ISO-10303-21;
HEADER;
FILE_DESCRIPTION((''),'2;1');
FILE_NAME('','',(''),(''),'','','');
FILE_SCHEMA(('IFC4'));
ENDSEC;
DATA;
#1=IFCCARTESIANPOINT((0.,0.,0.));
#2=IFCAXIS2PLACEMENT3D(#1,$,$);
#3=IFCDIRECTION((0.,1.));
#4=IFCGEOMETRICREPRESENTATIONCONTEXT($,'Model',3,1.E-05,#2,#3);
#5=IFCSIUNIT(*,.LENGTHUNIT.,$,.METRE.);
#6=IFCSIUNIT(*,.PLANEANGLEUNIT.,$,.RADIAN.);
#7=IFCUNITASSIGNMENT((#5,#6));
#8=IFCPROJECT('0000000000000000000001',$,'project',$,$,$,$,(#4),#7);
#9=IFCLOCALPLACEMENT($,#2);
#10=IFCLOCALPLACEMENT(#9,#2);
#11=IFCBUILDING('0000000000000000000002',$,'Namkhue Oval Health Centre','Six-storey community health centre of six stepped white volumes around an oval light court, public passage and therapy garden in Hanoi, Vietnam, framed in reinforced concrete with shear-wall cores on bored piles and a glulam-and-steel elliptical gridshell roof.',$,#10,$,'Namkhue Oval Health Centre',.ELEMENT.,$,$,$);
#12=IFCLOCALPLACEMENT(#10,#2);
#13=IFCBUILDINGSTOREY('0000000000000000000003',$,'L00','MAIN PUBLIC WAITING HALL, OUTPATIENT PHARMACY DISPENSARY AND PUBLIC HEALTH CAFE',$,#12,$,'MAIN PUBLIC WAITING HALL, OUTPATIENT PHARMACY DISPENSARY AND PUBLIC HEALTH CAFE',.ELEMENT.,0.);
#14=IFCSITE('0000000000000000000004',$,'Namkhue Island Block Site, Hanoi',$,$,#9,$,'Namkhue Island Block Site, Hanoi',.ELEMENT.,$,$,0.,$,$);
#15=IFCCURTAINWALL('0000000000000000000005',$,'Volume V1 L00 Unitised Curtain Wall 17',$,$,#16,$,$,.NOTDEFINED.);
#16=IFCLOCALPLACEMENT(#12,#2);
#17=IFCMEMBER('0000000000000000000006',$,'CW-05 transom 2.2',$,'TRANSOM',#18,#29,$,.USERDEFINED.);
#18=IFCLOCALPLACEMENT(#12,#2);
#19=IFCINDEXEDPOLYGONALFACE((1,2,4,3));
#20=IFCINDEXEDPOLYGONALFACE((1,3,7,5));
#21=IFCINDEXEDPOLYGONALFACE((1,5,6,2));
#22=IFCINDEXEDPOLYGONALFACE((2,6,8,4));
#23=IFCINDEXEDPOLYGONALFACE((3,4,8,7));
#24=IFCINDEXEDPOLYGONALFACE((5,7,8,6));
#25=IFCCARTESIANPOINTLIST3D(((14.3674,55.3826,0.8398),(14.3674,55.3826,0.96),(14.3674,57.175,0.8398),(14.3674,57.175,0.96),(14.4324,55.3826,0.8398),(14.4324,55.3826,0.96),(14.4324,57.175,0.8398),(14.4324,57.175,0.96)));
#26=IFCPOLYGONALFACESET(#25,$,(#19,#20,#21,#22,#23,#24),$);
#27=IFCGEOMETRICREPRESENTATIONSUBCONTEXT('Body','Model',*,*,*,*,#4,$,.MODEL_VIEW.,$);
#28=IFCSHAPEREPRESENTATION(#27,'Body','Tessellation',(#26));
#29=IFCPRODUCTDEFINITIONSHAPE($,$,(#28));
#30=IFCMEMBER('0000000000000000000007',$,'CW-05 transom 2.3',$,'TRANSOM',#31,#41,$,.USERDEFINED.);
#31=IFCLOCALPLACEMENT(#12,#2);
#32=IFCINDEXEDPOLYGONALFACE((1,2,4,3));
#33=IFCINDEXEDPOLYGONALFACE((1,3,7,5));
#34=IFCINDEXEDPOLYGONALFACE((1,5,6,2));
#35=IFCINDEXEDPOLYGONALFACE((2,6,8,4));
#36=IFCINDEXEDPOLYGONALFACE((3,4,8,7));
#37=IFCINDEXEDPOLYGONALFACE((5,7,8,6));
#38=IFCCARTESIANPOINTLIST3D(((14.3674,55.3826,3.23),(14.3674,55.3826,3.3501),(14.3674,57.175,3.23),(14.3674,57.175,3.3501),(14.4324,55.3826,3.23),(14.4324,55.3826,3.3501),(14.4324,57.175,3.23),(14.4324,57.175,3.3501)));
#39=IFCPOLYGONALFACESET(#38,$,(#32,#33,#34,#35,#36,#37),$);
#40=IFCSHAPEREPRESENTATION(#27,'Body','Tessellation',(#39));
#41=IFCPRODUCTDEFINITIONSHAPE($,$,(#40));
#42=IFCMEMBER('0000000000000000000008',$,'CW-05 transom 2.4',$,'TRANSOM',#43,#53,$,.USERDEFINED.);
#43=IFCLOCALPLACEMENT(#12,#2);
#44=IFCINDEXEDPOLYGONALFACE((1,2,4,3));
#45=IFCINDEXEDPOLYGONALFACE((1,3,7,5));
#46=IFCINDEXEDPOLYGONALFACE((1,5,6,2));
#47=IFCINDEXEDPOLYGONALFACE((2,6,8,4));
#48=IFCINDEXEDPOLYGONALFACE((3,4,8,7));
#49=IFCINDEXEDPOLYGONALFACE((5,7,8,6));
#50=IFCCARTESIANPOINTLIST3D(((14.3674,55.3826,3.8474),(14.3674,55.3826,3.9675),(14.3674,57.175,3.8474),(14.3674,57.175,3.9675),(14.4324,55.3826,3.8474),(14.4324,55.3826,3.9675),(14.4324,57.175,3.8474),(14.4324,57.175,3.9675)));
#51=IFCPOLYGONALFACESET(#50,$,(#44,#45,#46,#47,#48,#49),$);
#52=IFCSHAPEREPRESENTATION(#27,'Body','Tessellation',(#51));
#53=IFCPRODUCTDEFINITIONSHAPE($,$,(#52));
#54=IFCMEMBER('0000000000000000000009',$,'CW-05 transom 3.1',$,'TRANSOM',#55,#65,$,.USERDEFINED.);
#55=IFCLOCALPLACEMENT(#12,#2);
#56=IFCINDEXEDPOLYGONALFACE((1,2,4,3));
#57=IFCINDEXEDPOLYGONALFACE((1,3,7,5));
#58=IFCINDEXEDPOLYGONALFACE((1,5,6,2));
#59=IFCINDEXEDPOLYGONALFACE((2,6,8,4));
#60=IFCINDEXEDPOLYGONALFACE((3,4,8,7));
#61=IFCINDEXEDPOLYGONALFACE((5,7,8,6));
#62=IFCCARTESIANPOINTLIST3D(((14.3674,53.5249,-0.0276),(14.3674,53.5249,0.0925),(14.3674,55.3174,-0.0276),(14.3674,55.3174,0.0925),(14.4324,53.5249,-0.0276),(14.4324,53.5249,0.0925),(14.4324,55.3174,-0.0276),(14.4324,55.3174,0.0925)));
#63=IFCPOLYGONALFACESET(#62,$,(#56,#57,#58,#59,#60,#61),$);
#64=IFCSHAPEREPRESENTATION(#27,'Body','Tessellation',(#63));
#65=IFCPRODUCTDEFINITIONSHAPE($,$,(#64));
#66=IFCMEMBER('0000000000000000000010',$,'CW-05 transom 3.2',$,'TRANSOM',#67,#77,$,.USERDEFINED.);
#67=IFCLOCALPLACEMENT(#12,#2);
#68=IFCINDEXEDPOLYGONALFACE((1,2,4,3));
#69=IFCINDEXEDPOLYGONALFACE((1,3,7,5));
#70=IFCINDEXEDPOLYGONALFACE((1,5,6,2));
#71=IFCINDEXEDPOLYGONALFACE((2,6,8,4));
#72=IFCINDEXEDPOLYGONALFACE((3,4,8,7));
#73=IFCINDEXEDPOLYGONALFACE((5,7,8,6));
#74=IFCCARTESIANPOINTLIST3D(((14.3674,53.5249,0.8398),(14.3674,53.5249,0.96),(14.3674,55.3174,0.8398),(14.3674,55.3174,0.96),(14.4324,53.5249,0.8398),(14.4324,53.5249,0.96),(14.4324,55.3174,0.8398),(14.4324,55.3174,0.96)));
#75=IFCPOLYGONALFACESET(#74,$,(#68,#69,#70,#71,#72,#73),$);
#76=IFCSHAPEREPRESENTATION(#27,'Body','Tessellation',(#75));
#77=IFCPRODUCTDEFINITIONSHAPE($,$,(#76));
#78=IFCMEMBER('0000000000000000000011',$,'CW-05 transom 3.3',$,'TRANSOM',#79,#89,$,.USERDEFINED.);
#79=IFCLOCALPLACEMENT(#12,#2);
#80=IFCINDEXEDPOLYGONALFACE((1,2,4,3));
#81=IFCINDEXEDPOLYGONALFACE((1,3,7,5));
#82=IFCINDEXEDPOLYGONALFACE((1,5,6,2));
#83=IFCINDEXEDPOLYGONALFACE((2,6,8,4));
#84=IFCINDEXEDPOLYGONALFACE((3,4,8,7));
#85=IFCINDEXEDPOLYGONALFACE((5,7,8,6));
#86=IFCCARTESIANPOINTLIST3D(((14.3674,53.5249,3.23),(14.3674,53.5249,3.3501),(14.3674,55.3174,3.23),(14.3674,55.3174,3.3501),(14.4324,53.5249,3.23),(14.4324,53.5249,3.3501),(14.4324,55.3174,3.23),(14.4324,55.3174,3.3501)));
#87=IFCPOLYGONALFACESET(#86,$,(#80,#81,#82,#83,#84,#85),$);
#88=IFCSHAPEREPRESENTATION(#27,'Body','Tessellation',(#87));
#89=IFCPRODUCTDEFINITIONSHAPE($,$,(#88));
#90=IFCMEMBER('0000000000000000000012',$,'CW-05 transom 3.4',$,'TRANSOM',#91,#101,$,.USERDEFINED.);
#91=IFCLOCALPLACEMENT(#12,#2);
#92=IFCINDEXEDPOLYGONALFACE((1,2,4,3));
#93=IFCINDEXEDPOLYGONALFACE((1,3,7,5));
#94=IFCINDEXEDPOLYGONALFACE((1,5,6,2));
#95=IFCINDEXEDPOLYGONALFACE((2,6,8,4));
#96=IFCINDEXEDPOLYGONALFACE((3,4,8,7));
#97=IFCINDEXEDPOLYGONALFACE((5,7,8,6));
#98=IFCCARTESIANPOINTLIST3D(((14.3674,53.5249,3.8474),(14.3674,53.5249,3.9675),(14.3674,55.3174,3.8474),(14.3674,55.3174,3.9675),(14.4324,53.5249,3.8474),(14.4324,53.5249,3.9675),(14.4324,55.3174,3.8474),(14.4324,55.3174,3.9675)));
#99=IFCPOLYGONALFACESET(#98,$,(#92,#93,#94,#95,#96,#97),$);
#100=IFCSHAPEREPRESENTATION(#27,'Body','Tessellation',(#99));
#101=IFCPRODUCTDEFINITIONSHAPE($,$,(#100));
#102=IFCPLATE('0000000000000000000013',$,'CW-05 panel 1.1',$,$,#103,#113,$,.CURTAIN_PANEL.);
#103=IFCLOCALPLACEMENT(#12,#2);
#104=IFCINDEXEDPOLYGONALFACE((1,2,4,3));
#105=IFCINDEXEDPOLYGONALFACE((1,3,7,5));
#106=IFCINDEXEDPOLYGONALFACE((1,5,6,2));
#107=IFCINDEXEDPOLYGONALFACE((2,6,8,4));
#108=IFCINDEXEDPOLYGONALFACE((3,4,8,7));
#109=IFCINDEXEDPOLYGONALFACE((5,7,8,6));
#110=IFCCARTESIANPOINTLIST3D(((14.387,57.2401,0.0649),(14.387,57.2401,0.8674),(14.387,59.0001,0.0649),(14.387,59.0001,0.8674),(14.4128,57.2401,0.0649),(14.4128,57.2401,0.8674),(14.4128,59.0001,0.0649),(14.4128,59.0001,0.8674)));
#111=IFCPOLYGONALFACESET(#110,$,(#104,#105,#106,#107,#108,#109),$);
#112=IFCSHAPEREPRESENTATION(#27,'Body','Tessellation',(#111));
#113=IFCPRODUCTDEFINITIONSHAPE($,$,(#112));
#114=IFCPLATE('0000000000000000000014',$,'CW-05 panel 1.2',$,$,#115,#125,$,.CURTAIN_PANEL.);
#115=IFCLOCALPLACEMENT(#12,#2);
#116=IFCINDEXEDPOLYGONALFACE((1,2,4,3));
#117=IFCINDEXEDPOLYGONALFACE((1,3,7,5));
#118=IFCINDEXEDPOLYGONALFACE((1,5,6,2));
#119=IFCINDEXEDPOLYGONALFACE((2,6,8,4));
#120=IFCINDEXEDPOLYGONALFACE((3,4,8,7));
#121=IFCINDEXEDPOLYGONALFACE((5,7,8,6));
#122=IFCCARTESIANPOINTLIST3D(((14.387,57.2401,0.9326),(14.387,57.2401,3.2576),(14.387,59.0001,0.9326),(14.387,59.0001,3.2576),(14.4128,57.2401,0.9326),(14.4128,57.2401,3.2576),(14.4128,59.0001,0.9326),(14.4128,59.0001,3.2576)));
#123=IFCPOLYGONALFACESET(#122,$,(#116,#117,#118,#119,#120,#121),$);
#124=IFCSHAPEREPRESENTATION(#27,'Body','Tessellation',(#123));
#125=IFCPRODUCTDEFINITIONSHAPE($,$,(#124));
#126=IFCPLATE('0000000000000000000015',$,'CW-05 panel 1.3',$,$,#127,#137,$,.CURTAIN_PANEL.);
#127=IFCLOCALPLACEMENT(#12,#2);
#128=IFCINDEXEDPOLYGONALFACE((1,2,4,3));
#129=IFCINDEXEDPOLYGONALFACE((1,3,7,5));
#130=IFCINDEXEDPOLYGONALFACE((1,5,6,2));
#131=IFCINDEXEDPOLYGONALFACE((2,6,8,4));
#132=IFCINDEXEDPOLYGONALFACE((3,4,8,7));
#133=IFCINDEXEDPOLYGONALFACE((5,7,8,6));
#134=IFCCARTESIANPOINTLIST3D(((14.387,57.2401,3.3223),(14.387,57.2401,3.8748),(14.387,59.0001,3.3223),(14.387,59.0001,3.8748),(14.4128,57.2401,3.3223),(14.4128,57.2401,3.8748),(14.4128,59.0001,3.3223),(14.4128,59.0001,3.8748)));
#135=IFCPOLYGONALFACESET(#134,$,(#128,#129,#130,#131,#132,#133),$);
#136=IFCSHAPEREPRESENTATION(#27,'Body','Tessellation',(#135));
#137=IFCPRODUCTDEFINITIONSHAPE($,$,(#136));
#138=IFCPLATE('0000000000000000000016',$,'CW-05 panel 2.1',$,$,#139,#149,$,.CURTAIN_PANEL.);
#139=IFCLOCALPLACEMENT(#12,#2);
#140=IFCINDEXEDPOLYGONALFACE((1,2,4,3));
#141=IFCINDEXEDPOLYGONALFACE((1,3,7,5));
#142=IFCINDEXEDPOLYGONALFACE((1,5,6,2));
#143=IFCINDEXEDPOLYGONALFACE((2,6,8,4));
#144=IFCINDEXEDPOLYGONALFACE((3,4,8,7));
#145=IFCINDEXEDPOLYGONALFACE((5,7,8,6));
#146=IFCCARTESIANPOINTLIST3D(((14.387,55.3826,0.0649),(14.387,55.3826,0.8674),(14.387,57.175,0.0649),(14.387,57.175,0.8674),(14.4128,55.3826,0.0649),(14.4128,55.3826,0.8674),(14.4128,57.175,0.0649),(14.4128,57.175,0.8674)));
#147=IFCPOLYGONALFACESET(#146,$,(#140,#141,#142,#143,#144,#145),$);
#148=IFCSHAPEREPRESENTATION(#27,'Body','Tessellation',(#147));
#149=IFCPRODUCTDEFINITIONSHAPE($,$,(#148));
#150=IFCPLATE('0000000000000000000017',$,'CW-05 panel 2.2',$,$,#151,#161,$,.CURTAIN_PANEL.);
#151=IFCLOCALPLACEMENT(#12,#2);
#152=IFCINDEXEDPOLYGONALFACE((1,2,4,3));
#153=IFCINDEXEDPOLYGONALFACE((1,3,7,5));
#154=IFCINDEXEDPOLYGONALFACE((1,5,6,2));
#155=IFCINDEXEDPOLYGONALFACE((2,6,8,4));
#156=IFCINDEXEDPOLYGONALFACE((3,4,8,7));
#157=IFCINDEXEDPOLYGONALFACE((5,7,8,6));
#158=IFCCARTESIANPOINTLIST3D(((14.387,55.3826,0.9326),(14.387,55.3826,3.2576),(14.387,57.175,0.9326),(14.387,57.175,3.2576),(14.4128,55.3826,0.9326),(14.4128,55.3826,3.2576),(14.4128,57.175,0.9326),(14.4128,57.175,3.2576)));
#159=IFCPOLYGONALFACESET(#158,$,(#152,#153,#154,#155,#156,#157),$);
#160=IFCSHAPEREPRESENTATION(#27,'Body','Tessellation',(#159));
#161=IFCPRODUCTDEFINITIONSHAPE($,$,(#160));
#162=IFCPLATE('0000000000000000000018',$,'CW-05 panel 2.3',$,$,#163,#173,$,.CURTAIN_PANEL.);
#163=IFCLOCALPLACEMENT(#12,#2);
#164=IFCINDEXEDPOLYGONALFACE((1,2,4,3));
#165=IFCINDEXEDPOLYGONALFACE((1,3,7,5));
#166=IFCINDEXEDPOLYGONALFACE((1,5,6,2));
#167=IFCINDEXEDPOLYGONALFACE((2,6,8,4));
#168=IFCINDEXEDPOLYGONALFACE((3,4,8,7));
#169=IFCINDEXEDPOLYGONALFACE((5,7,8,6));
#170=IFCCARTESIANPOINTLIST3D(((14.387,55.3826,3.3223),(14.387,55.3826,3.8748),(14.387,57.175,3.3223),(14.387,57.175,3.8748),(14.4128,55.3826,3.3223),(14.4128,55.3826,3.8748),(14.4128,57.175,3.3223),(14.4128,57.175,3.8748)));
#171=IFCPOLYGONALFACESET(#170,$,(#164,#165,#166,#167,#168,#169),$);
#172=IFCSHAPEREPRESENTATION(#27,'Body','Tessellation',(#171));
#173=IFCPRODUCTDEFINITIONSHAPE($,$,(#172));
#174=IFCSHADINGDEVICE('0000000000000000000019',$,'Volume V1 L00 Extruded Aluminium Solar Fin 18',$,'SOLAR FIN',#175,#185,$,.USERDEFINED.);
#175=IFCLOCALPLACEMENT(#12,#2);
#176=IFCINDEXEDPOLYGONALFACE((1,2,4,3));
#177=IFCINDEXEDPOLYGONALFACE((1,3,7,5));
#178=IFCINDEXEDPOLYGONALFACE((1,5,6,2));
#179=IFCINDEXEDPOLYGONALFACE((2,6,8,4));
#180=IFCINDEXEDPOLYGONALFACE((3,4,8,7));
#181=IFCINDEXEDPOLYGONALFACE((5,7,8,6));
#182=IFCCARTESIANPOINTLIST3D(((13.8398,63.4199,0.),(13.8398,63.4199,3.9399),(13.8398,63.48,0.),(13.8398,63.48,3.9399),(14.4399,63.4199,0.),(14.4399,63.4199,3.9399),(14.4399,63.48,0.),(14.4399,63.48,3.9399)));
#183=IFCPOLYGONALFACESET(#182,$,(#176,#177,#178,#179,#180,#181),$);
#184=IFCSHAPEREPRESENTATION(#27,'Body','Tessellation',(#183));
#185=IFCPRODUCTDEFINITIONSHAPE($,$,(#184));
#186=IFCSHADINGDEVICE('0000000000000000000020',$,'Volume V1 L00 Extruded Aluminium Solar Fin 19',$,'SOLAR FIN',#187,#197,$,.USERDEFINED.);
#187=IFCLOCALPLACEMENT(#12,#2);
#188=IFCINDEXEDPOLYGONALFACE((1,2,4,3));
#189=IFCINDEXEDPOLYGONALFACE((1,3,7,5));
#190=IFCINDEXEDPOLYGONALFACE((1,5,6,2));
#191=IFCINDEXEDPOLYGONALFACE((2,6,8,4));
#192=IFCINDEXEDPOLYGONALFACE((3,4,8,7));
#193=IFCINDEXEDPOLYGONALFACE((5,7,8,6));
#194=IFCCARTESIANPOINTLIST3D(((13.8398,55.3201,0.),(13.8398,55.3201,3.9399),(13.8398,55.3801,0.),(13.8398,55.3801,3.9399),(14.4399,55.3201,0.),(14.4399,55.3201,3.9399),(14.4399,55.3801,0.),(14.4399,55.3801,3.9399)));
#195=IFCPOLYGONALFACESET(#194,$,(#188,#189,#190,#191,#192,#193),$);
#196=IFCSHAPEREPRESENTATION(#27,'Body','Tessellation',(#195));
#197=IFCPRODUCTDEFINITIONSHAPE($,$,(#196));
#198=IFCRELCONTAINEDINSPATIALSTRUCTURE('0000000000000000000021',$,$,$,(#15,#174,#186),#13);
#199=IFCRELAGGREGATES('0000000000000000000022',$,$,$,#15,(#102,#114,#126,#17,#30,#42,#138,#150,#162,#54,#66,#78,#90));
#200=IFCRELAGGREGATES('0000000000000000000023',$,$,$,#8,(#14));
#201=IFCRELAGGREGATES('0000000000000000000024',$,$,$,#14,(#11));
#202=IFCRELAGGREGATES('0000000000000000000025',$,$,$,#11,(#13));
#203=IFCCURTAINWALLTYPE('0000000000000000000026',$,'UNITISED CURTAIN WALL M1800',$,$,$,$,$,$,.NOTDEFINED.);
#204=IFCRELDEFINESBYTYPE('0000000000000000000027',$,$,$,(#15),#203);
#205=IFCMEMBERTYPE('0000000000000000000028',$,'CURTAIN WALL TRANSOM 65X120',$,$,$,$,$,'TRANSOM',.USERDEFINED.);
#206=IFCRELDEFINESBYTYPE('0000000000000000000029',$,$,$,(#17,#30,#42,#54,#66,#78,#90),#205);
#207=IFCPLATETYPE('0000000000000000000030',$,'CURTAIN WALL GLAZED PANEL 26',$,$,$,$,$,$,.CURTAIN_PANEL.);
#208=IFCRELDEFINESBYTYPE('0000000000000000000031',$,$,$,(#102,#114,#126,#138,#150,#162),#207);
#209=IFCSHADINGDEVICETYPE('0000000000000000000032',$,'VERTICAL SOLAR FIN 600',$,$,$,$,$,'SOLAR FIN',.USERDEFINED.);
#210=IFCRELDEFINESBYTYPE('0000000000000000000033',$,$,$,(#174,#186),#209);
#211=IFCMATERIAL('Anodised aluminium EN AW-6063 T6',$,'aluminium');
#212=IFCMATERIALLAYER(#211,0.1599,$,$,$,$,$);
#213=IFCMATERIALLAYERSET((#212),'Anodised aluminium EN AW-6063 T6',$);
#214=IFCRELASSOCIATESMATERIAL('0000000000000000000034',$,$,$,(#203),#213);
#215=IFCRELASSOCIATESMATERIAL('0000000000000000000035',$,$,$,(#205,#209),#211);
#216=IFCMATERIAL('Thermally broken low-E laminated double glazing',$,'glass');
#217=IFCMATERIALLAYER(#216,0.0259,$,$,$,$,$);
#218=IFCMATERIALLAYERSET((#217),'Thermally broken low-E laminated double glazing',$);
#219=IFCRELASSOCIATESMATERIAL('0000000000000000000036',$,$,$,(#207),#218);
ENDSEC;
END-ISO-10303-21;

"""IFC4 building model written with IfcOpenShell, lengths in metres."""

from ifc_helpers import new_model, si_unit, direction, frame, origin, origin_2d, place, context, subcontext, project, spatial, rectangle, extrude, material, layer, layer_set, material_profile, profile_set, type_object, element, aggregate, save


model = new_model("IFC4")

# Units and contexts
model_context = context("Model", 3, precision=1e-05, world=origin(), true_north=direction((0.0, 1.0)))
body_context = subcontext(model_context, "Body", "Model", "MODEL_VIEW")
ifc_project = project(units=[si_unit("LENGTHUNIT", "METRE"), si_unit("PLANEANGLEUNIT", "RADIAN")], contexts=[model_context])

# Site, building, storey
site_placement = place(None, origin())
site = spatial("IfcSite", under=ifc_project, at=site_placement, Name="Namkhue Island Block Site, Hanoi", LongName="Namkhue Island Block Site, Hanoi", CompositionType="ELEMENT", RefElevation=0.0)
building_placement = place(site_placement, origin())
building = spatial("IfcBuilding", under=site, at=building_placement, Name="Namkhue Oval Health Centre", Description="Six-storey community health centre of six stepped white volumes around an oval light court, public passage and therapy garden in Hanoi, Vietnam, framed in reinforced concrete with shear-wall cores on bored piles and a glulam-and-steel elliptical gridshell roof.", LongName="Namkhue Oval Health Centre", CompositionType="ELEMENT")
storey_placement = place(building_placement, origin())
storey = spatial("IfcBuildingStorey", under=building, at=storey_placement, Name="L00", Description="MAIN PUBLIC WAITING HALL, OUTPATIENT PHARMACY DISPENSARY AND PUBLIC HEALTH CAFE", LongName="MAIN PUBLIC WAITING HALL, OUTPATIENT PHARMACY DISPENSARY AND PUBLIC HEALTH CAFE", CompositionType="ELEMENT", Elevation=0.0)

# Curtain wall, members, plates
ifc_material_1 = material(Name="Anodised aluminium EN AW-6063 T6", Category="aluminium")
ifc_layer_1 = layer(ifc_material_1, 0.1599)
ifc_layer_set_1 = layer_set([ifc_layer_1], Name="Anodised aluminium EN AW-6063 T6")
curtain_wall_type = type_object("IfcCurtainWallType", Name="UNITISED CURTAIN WALL M1800", PredefinedType="NOTDEFINED", material=ifc_layer_set_1)
curtain_wall_placement = place(storey_placement, origin())
curtain_wall = element("IfcCurtainWall", 1, at=curtain_wall_placement, inside=storey, type_object=curtain_wall_type, Name="Volume V1 L00 Unitised Curtain Wall 17", PredefinedType="NOTDEFINED")
ifc_material_profile_1 = material_profile(ifc_material_1, rectangle(XDim=0.0649, YDim=0.1201, at=origin_2d()), Name="ALU 65x120")
ifc_profile_set_1 = profile_set([ifc_material_profile_1], Name="Anodised aluminium EN AW-6063 T6")
member_type_1 = type_object("IfcMemberType", Name="CURTAIN WALL TRANSOM 65X120", ElementType="TRANSOM", PredefinedType="USERDEFINED", material=ifc_profile_set_1)
member_1_placement = place(storey_placement, frame((14.3999, 57.175, 0.8999), z_axis=(0.0, -1.0, 0.0), x_axis=(1.0, 0.0, 0.0)))
member_1 = element("IfcMember", 2, at=member_1_placement, type_object=member_type_1, Name="CW-05 transom 2.2", ObjectType="TRANSOM", PredefinedType="USERDEFINED", context=body_context, shape_type="SweptSolid", body=[
    extrude(rectangle(XDim=0.0649, YDim=0.1201, at=origin_2d()), origin(), (0.0, 0.0, 1.0), 1.7925),
])
member_2_placement = place(storey_placement, frame((14.3999, 57.175, 3.29), z_axis=(0.0, -1.0, 0.0), x_axis=(1.0, 0.0, 0.0)))
member_2 = element("IfcMember", 3, at=member_2_placement, type_object=member_type_1, Name="CW-05 transom 2.3", ObjectType="TRANSOM", PredefinedType="USERDEFINED", context=body_context, shape_type="SweptSolid", body=[
    extrude(rectangle(XDim=0.0649, YDim=0.1201, at=origin_2d()), origin(), (0.0, 0.0, 1.0), 1.7925),
])
member_3_placement = place(storey_placement, frame((14.3999, 57.175, 3.9075), z_axis=(0.0, -1.0, 0.0), x_axis=(1.0, 0.0, 0.0)))
member_3 = element("IfcMember", 4, at=member_3_placement, type_object=member_type_1, Name="CW-05 transom 2.4", ObjectType="TRANSOM", PredefinedType="USERDEFINED", context=body_context, shape_type="SweptSolid", body=[
    extrude(rectangle(XDim=0.0649, YDim=0.1201, at=origin_2d()), origin(), (0.0, 0.0, 1.0), 1.7925),
])
member_4_placement = place(storey_placement, frame((14.3999, 55.3174, 0.0325), z_axis=(0.0, -1.0, 0.0), x_axis=(1.0, 0.0, 0.0)))
member_4 = element("IfcMember", 5, at=member_4_placement, type_object=member_type_1, Name="CW-05 transom 3.1", ObjectType="TRANSOM", PredefinedType="USERDEFINED", context=body_context, shape_type="SweptSolid", body=[
    extrude(rectangle(XDim=0.0649, YDim=0.1201, at=origin_2d()), origin(), (0.0, 0.0, 1.0), 1.7925),
])
member_5_placement = place(storey_placement, frame((14.3999, 55.3174, 0.8999), z_axis=(0.0, -1.0, 0.0), x_axis=(1.0, 0.0, 0.0)))
member_5 = element("IfcMember", 6, at=member_5_placement, type_object=member_type_1, Name="CW-05 transom 3.2", ObjectType="TRANSOM", PredefinedType="USERDEFINED", context=body_context, shape_type="SweptSolid", body=[
    extrude(rectangle(XDim=0.0649, YDim=0.1201, at=origin_2d()), origin(), (0.0, 0.0, 1.0), 1.7925),
])
member_6_placement = place(storey_placement, frame((14.3999, 55.3174, 3.29), z_axis=(0.0, -1.0, 0.0), x_axis=(1.0, 0.0, 0.0)))
member_6 = element("IfcMember", 7, at=member_6_placement, type_object=member_type_1, Name="CW-05 transom 3.3", ObjectType="TRANSOM", PredefinedType="USERDEFINED", context=body_context, shape_type="SweptSolid", body=[
    extrude(rectangle(XDim=0.0649, YDim=0.1201, at=origin_2d()), origin(), (0.0, 0.0, 1.0), 1.7925),
])
member_7_placement = place(storey_placement, frame((14.3999, 55.3174, 3.9075), z_axis=(0.0, -1.0, 0.0), x_axis=(1.0, 0.0, 0.0)))
member_7 = element("IfcMember", 8, at=member_7_placement, type_object=member_type_1, Name="CW-05 transom 3.4", ObjectType="TRANSOM", PredefinedType="USERDEFINED", context=body_context, shape_type="SweptSolid", body=[
    extrude(rectangle(XDim=0.0649, YDim=0.1201, at=origin_2d()), origin(), (0.0, 0.0, 1.0), 1.7925),
])
ifc_material_2 = material(Name="Thermally broken low-E laminated double glazing", Category="glass")
ifc_layer_2 = layer(ifc_material_2, 0.0259)
ifc_layer_set_2 = layer_set([ifc_layer_2], Name="Thermally broken low-E laminated double glazing")
plate_type = type_object("IfcPlateType", Name="CURTAIN WALL GLAZED PANEL 26", PredefinedType="CURTAIN_PANEL", material=ifc_layer_set_2)
plate_1_placement = place(storey_placement, frame((14.3999, 58.1201, 0.0649), z_axis=(0.0, 0.0, 1.0), x_axis=(0.0, -1.0, 0.0)))
plate_1 = element("IfcPlate", 9, at=plate_1_placement, type_object=plate_type, Name="CW-05 panel 1.1", PredefinedType="CURTAIN_PANEL", context=body_context, shape_type="SweptSolid", body=[
    extrude(rectangle(XDim=1.76, YDim=0.0259, at=origin_2d()), origin(), (0.0, 0.0, 1.0), 0.8025),
])
plate_2_placement = place(storey_placement, frame((14.3999, 58.1201, 0.9326), z_axis=(0.0, 0.0, 1.0), x_axis=(0.0, -1.0, 0.0)))
plate_2 = element("IfcPlate", 10, at=plate_2_placement, type_object=plate_type, Name="CW-05 panel 1.2", PredefinedType="CURTAIN_PANEL", context=body_context, shape_type="SweptSolid", body=[
    extrude(rectangle(XDim=1.76, YDim=0.0259, at=origin_2d()), origin(), (0.0, 0.0, 1.0), 2.325),
])
plate_3_placement = place(storey_placement, frame((14.3999, 58.1201, 3.3223), z_axis=(0.0, 0.0, 1.0), x_axis=(0.0, -1.0, 0.0)))
plate_3 = element("IfcPlate", 11, at=plate_3_placement, type_object=plate_type, Name="CW-05 panel 1.3", PredefinedType="CURTAIN_PANEL", context=body_context, shape_type="SweptSolid", body=[
    extrude(rectangle(XDim=1.76, YDim=0.0259, at=origin_2d()), origin(), (0.0, 0.0, 1.0), 0.5525),
])
plate_4_placement = place(storey_placement, frame((14.3999, 56.2788, 0.0649), z_axis=(0.0, 0.0, 1.0), x_axis=(0.0, -1.0, 0.0)))
plate_4 = element("IfcPlate", 12, at=plate_4_placement, type_object=plate_type, Name="CW-05 panel 2.1", PredefinedType="CURTAIN_PANEL", context=body_context, shape_type="SweptSolid", body=[
    extrude(rectangle(XDim=1.7925, YDim=0.0259, at=origin_2d()), origin(), (0.0, 0.0, 1.0), 0.8025),
])
plate_5_placement = place(storey_placement, frame((14.3999, 56.2788, 0.9326), z_axis=(0.0, 0.0, 1.0), x_axis=(0.0, -1.0, 0.0)))
plate_5 = element("IfcPlate", 13, at=plate_5_placement, type_object=plate_type, Name="CW-05 panel 2.2", PredefinedType="CURTAIN_PANEL", context=body_context, shape_type="SweptSolid", body=[
    extrude(rectangle(XDim=1.7925, YDim=0.0259, at=origin_2d()), origin(), (0.0, 0.0, 1.0), 2.325),
])
plate_6_placement = place(storey_placement, frame((14.3999, 56.2788, 3.3223), z_axis=(0.0, 0.0, 1.0), x_axis=(0.0, -1.0, 0.0)))
plate_6 = element("IfcPlate", 14, at=plate_6_placement, type_object=plate_type, Name="CW-05 panel 2.3", PredefinedType="CURTAIN_PANEL", context=body_context, shape_type="SweptSolid", body=[
    extrude(rectangle(XDim=1.7925, YDim=0.0259, at=origin_2d()), origin(), (0.0, 0.0, 1.0), 0.5525),
])
aggregate(curtain_wall, [plate_1, plate_2, plate_3, member_1, member_2, member_3, plate_4, plate_5, plate_6, member_4, member_5, member_6, member_7])

# Shading devices
shading_device_type = type_object("IfcShadingDeviceType", Name="VERTICAL SOLAR FIN 600", ElementType="SOLAR FIN", PredefinedType="USERDEFINED", material=ifc_material_1)
for number, where, z_axis, x_axis, name in (
    (15, (14.1399, 63.45, 0.0), (0.0, 0.0, 1.0), (-1.0, 0.0, 0.0), "Volume V1 L00 Extruded Aluminium Solar Fin 18"),
    (16, (14.1399, 55.3501, 0.0), (0.0, 0.0, 1.0), (-1.0, 0.0, 0.0), "Volume V1 L00 Extruded Aluminium Solar Fin 19"),
):
    element("IfcShadingDevice", number, at=place(storey_placement, frame(where, z_axis=z_axis, x_axis=x_axis)), inside=storey, type_object=shading_device_type, Name=name, ObjectType="SOLAR FIN", PredefinedType="USERDEFINED", context=body_context, shape_type="SweptSolid", body=[
        extrude(rectangle(XDim=0.6001, YDim=0.0601, at=origin_2d()), origin(), (0.0, 0.0, 1.0), 3.9399),
    ])

save(model, "model.ifc")
